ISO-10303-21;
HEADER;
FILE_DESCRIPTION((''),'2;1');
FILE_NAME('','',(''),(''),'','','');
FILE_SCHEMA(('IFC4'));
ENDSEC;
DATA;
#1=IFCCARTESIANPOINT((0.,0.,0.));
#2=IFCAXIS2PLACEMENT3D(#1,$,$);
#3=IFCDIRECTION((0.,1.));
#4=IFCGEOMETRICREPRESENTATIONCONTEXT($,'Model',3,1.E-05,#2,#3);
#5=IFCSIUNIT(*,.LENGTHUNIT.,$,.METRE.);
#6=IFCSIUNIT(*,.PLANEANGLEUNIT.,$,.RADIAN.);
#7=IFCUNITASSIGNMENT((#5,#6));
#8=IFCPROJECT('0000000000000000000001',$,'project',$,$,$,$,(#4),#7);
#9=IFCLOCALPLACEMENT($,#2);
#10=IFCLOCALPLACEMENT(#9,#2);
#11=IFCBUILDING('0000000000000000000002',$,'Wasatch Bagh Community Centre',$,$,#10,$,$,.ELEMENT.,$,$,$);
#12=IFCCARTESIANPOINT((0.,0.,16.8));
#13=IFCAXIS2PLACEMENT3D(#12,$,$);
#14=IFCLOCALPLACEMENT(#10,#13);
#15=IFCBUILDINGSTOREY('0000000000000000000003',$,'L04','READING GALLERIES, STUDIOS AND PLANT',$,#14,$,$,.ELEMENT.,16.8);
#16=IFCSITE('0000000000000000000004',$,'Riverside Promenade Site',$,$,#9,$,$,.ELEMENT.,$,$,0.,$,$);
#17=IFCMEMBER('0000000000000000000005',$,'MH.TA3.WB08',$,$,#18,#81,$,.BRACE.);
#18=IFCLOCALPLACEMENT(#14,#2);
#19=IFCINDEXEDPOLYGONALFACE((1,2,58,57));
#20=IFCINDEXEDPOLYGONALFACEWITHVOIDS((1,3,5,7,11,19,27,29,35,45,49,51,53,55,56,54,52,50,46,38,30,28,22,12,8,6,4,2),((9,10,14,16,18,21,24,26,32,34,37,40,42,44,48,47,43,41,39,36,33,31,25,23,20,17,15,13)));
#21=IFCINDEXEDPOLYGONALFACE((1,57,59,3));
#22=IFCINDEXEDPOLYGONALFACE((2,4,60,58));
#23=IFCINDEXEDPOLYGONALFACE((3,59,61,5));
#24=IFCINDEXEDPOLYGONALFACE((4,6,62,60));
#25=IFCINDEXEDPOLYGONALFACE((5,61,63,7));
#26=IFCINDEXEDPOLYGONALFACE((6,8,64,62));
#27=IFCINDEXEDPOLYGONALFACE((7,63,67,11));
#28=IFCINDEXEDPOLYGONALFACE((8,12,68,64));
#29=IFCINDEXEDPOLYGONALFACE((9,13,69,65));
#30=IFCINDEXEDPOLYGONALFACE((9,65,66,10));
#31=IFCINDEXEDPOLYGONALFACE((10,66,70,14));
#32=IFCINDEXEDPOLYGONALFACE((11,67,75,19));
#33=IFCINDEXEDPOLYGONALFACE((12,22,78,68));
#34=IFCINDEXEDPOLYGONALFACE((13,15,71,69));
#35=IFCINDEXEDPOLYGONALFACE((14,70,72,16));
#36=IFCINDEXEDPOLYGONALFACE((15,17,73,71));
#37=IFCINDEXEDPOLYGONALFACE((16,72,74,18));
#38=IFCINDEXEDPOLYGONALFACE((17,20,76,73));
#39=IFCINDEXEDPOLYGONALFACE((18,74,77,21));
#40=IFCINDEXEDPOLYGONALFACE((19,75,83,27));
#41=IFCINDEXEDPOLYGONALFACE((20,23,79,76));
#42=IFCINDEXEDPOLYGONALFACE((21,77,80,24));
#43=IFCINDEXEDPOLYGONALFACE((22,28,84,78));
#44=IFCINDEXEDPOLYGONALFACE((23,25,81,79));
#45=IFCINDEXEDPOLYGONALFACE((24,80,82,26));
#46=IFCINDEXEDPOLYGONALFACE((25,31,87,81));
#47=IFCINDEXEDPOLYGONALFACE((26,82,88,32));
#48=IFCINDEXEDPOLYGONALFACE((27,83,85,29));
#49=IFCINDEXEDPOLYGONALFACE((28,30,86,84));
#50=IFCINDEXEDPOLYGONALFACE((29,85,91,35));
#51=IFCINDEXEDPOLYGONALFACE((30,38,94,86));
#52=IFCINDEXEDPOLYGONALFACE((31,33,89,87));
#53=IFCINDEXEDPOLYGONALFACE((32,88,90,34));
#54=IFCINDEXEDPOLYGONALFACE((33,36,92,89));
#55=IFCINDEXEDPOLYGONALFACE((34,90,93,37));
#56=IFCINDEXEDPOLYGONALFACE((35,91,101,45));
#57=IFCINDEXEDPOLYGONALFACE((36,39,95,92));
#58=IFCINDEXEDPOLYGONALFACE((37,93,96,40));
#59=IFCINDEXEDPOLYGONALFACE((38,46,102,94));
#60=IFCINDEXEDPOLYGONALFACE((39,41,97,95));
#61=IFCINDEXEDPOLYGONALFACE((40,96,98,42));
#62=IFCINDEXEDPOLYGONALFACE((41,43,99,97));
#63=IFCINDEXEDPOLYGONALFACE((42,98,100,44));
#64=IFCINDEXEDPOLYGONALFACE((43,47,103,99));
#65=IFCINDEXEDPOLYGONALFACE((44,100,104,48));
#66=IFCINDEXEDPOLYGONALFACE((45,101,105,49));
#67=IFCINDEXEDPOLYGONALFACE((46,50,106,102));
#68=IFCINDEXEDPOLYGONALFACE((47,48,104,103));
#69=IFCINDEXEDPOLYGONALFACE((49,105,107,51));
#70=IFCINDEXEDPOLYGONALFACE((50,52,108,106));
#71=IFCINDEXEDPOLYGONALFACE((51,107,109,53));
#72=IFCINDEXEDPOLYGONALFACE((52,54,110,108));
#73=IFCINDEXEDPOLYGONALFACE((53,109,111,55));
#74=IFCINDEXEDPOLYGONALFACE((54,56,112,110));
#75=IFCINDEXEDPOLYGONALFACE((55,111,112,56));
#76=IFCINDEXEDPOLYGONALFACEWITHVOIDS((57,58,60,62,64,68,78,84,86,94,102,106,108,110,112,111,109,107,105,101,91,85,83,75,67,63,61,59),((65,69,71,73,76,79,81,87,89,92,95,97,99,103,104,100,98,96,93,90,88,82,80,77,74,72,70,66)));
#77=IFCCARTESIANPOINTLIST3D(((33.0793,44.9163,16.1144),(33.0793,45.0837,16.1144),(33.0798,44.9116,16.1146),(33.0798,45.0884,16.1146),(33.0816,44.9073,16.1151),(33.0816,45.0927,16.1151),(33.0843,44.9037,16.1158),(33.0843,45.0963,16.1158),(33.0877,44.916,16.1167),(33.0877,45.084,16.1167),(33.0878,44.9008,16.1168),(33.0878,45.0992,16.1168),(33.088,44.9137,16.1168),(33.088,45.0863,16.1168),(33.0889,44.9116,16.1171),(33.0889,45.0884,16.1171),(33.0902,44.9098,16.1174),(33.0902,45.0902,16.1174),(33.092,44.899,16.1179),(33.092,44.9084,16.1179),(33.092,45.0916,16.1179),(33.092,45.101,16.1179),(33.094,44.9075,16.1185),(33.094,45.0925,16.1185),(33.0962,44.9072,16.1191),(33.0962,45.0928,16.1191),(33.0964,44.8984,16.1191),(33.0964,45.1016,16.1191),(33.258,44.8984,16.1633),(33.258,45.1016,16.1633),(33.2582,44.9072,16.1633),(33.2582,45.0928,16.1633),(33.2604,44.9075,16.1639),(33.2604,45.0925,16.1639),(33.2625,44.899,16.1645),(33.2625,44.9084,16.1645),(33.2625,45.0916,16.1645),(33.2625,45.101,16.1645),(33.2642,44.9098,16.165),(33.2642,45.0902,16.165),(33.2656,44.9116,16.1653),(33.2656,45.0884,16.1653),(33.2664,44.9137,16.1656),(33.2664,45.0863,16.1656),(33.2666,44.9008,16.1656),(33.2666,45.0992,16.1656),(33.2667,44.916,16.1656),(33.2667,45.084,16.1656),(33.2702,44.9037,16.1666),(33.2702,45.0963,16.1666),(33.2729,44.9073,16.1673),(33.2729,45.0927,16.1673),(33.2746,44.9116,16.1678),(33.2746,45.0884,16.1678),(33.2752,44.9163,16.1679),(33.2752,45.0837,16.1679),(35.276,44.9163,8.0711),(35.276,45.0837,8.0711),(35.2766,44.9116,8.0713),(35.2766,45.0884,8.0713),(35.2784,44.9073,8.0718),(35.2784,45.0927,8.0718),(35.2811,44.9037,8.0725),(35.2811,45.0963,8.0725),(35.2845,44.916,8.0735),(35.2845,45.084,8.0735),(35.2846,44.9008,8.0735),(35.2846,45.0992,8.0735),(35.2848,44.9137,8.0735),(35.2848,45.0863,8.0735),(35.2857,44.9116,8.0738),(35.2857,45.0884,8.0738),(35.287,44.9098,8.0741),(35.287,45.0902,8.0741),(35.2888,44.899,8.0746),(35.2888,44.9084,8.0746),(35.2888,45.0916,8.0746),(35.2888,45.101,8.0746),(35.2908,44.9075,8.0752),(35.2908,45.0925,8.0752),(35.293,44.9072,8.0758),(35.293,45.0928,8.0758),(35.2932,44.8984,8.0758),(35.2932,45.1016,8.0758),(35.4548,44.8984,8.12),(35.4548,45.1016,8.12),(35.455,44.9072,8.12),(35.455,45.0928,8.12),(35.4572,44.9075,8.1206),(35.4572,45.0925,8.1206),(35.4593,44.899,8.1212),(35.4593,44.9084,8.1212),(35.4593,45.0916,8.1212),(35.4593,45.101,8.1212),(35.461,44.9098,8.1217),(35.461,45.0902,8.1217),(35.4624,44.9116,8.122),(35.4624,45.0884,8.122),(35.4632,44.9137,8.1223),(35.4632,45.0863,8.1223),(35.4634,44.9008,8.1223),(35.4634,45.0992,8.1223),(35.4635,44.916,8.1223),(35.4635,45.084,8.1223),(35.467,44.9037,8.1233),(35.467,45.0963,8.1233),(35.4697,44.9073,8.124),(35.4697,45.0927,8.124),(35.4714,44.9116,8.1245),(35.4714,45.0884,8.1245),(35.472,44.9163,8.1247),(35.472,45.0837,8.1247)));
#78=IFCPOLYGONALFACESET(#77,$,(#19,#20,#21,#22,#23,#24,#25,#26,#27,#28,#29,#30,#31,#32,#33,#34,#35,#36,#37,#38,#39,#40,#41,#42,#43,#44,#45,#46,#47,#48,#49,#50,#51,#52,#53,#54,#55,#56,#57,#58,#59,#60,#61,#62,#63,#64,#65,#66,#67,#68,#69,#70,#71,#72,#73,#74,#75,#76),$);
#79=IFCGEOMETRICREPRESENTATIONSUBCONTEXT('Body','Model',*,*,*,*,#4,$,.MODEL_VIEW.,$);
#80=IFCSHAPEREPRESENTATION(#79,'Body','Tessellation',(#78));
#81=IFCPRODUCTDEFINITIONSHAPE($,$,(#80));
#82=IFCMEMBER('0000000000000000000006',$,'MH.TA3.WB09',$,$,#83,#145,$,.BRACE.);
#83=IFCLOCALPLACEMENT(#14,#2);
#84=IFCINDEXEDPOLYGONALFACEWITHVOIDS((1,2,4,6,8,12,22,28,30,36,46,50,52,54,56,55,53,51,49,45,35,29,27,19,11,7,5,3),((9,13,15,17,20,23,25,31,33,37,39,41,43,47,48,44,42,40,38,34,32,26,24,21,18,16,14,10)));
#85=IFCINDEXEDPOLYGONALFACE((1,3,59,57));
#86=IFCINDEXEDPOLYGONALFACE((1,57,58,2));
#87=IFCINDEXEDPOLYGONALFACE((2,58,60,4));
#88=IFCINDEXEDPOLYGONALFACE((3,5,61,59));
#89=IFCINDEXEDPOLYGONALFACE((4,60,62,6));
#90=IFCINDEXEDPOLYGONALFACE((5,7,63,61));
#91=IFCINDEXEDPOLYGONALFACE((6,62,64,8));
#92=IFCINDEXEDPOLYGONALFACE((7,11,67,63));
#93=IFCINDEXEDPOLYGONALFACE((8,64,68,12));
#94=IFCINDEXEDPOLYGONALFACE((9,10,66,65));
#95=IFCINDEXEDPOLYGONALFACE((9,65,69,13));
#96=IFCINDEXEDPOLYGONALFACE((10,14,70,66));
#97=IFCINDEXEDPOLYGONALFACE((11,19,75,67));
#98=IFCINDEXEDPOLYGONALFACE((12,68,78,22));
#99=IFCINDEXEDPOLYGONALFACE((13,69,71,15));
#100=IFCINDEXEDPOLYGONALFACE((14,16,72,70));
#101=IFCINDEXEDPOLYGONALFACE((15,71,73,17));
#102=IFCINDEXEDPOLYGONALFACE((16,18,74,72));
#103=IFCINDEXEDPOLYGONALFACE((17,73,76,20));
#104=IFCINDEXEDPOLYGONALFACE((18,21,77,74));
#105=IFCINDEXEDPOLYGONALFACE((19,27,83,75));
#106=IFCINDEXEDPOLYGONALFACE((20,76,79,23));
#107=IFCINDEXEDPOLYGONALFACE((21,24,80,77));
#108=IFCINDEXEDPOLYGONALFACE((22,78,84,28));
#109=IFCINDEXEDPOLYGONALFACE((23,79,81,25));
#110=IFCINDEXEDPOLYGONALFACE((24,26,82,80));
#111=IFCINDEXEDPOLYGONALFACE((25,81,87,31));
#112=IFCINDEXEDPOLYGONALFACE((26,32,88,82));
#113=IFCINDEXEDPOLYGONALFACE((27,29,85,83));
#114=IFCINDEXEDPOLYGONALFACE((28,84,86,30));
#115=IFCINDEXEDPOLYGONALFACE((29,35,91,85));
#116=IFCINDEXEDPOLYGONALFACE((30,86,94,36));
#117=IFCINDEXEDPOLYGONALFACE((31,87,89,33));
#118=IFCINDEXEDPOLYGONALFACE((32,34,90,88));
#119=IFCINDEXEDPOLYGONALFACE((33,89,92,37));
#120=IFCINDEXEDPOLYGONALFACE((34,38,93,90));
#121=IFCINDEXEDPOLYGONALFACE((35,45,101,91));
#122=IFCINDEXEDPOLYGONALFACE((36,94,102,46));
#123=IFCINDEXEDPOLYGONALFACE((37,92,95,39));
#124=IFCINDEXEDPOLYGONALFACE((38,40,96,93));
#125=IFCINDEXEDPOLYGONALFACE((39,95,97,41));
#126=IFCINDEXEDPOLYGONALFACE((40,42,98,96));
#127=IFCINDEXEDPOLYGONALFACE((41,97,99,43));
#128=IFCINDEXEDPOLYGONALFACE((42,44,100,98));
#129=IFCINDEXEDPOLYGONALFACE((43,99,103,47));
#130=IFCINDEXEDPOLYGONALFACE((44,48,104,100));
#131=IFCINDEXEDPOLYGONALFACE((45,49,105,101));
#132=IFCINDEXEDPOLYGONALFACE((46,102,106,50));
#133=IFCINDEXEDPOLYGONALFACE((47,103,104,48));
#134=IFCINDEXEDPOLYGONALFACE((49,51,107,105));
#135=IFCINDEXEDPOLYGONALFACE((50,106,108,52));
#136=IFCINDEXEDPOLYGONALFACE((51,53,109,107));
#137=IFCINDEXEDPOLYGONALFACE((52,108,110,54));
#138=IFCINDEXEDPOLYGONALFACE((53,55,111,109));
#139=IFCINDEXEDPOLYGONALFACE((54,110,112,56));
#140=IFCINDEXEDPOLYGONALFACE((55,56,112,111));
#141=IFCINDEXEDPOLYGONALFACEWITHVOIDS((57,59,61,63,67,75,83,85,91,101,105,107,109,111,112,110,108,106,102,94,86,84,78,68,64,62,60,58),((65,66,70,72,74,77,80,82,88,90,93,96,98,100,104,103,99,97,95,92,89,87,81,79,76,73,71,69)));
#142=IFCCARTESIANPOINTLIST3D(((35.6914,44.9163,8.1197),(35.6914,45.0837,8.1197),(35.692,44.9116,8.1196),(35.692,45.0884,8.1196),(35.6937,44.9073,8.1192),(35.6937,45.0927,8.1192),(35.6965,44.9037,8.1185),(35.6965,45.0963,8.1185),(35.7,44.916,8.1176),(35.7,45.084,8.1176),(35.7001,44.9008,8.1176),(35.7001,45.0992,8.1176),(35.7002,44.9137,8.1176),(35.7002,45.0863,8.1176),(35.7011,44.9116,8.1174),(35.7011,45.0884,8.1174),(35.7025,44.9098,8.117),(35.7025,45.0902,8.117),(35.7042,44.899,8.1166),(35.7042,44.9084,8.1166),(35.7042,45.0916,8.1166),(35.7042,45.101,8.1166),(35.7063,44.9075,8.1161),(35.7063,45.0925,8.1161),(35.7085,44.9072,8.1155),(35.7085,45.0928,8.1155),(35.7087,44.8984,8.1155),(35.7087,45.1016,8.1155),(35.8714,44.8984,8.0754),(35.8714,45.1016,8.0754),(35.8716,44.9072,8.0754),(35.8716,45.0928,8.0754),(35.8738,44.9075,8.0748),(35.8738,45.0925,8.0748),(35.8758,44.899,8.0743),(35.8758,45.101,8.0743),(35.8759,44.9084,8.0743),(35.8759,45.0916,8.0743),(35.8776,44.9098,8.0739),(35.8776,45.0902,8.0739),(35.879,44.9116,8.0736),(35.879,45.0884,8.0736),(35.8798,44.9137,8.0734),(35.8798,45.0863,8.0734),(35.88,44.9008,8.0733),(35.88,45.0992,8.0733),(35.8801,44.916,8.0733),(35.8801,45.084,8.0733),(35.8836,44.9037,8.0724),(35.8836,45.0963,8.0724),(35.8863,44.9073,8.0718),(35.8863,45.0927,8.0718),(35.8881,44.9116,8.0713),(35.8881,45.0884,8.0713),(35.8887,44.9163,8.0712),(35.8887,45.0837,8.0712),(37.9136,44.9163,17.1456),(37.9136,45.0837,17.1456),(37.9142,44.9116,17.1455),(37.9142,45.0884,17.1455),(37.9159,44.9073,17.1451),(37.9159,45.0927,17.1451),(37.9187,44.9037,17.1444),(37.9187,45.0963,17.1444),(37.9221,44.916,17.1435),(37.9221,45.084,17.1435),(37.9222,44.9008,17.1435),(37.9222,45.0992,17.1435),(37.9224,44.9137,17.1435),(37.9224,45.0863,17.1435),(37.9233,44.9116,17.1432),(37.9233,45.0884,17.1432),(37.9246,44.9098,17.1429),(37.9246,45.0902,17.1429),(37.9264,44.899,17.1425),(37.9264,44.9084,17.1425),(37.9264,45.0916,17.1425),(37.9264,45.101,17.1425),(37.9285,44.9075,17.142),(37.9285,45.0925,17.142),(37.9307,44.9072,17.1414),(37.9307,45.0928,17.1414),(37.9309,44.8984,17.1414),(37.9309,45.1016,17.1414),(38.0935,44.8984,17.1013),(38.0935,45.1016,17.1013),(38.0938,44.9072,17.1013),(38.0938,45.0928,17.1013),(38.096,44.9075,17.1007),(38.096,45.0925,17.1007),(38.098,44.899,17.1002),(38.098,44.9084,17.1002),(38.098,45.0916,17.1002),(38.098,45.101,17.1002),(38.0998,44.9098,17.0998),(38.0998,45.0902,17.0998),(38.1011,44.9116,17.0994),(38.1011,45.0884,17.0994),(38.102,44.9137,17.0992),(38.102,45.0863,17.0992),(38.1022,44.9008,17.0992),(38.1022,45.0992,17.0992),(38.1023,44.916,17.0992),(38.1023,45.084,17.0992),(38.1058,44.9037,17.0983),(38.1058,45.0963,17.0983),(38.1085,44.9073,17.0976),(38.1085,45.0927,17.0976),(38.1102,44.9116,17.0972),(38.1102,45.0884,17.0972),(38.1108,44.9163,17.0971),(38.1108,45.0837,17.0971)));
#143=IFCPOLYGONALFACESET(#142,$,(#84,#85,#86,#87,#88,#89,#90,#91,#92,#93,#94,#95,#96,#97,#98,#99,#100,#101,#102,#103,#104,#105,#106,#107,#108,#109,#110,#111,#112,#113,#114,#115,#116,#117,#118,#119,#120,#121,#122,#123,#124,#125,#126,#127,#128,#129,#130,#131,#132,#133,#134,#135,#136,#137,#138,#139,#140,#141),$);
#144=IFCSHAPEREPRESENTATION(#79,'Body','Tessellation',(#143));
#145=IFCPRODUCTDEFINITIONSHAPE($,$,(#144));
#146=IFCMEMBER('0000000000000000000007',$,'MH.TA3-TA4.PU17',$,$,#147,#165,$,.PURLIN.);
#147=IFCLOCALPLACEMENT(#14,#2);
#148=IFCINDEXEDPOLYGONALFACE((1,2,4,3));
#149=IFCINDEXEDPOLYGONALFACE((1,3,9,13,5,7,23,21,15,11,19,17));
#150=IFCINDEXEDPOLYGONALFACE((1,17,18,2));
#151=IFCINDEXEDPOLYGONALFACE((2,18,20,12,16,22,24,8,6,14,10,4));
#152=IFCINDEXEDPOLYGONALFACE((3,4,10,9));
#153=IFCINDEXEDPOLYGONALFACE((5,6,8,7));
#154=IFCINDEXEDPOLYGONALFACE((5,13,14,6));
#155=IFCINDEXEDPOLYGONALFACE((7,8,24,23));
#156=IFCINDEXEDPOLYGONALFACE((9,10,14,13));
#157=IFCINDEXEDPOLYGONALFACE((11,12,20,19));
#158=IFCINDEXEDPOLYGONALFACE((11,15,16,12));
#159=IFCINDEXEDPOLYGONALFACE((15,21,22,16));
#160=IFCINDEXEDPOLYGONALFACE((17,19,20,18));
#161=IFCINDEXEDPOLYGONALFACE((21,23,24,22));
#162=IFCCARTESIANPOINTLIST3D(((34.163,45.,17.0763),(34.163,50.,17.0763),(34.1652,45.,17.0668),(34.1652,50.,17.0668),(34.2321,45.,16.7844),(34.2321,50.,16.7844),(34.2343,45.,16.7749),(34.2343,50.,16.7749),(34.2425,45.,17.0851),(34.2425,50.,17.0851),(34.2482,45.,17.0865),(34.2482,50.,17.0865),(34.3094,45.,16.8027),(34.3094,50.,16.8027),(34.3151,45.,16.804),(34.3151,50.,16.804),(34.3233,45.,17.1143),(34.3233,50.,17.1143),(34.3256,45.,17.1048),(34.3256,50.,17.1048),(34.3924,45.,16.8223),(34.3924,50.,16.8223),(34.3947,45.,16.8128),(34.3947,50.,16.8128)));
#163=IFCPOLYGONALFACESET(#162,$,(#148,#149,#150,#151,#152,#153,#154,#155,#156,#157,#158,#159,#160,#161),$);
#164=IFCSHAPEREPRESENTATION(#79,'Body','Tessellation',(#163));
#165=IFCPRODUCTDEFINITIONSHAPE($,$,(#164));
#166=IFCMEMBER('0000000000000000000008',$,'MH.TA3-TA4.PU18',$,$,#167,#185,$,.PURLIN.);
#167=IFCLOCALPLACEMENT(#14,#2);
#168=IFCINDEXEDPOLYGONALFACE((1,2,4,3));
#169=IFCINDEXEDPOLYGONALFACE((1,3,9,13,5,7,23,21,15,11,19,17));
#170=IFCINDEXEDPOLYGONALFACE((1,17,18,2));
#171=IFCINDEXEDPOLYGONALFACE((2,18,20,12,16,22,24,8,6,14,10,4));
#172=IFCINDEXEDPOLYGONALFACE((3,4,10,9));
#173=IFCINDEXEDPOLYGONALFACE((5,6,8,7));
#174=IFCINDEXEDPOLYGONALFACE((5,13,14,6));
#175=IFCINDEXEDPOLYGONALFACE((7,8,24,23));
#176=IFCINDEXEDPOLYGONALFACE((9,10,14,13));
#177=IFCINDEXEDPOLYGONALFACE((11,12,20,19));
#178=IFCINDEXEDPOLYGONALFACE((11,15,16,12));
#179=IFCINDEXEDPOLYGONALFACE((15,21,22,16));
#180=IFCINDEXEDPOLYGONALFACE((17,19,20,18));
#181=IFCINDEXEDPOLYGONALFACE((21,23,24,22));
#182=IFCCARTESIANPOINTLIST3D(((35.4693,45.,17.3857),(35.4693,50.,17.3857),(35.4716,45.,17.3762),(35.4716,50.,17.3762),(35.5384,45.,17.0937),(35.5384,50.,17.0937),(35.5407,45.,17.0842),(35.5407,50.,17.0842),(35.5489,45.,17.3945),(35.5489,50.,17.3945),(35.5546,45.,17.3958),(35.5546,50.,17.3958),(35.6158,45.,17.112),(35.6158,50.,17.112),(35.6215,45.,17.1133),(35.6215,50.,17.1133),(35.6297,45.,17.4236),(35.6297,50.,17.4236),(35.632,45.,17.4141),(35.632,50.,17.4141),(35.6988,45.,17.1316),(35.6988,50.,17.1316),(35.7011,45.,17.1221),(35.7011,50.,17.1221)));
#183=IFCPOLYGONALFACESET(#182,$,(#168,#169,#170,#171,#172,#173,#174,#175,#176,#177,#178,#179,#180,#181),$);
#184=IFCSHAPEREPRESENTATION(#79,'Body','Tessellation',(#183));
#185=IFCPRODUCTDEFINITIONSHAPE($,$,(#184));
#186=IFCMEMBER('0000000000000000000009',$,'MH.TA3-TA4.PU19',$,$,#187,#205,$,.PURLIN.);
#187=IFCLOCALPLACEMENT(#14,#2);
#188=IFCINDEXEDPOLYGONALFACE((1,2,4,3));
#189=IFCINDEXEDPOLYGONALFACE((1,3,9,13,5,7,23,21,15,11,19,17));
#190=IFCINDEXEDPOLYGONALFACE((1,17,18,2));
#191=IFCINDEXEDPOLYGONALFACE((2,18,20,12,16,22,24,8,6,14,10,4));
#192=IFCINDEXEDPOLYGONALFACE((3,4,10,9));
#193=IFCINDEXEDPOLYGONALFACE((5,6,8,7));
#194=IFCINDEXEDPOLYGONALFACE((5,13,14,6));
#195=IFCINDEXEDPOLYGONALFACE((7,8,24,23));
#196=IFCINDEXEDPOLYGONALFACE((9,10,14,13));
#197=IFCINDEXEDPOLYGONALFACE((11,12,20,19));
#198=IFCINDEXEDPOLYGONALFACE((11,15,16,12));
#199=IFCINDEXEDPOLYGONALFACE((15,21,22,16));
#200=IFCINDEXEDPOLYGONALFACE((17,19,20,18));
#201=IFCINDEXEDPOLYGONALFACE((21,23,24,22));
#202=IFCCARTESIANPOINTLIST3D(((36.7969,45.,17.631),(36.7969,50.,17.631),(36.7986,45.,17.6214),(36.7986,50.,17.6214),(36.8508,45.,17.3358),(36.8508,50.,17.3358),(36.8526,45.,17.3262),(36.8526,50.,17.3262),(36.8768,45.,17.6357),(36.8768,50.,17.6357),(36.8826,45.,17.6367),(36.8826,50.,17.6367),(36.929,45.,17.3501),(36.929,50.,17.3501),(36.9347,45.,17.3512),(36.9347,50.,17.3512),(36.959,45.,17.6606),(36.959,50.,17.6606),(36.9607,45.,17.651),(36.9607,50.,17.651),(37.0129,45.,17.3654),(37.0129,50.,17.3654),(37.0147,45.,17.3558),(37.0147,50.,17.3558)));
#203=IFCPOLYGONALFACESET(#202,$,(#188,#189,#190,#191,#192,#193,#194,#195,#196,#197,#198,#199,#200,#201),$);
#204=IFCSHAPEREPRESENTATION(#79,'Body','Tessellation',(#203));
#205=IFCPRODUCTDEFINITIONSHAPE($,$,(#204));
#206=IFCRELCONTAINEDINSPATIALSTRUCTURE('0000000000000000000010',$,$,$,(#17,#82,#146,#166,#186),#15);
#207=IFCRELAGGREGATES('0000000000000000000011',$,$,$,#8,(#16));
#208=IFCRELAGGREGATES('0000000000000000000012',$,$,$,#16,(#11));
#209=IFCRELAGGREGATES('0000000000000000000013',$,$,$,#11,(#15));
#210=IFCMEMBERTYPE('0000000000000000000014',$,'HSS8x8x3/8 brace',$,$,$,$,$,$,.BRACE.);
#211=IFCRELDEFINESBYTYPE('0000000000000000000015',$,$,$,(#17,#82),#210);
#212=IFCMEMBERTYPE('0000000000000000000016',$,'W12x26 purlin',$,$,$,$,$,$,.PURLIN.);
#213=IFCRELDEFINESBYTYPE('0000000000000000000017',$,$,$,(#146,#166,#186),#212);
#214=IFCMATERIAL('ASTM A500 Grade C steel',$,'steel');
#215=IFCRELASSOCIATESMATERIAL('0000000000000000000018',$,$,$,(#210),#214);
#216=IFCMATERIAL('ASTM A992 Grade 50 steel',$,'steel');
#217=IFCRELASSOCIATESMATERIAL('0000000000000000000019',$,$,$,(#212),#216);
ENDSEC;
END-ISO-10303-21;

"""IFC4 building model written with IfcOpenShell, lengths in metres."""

from ifc_helpers import new_model, si_unit, direction, frame, origin, origin_2d, place, context, subcontext, project, spatial, hollow_rectangle, i_section, extrude, material, material_profile, profile_set, type_object, element, save


model = new_model("IFC4")

# Units and contexts
model_context = context("Model", 3, precision=1e-05, world=origin(), true_north=direction((0.0, 1.0)))
body_context = subcontext(model_context, "Body", "Model", "MODEL_VIEW")
ifc_project = project(units=[si_unit("LENGTHUNIT", "METRE"), si_unit("PLANEANGLEUNIT", "RADIAN")], contexts=[model_context])

# Site, building, storey
site_placement = place(None, origin())
site = spatial("IfcSite", under=ifc_project, at=site_placement, Name="Riverside Promenade Site", CompositionType="ELEMENT", RefElevation=0.0)
building_placement = place(site_placement, origin())
building = spatial("IfcBuilding", under=site, at=building_placement, Name="Wasatch Bagh Community Centre", CompositionType="ELEMENT")
storey_placement = place(building_placement, frame((0.0, 0.0, 16.8)))
storey = spatial("IfcBuildingStorey", under=building, at=storey_placement, Name="L04", Description="READING GALLERIES, STUDIOS AND PLANT", CompositionType="ELEMENT", Elevation=16.8)

# Members
ifc_material_1 = material(Name="ASTM A500 Grade C steel", Category="steel")
ifc_material_profile_1 = material_profile(ifc_material_1, hollow_rectangle(XDim=0.2031, YDim=0.2031, WallThickness=0.0088, InnerFilletRadius=0.0088, OuterFilletRadius=0.0178, at=origin_2d()), Name="HSS8x8x3/8")
ifc_profile_set_1 = profile_set([ifc_material_profile_1], Name="ASTM A500 Grade C steel")
member_type_1 = type_object("IfcMemberType", Name="HSS8x8x3/8 brace", PredefinedType="BRACE", material=ifc_profile_set_1)
member_1_placement = place(storey_placement, frame((35.374, 45.0, 8.0979), z_axis=(-0.263472, 0.0, 0.964667), x_axis=(0.0, -1.0, 0.0)))
element("IfcMember", 1, at=member_1_placement, inside=storey, type_object=member_type_1, Name="MH.TA3.WB08", PredefinedType="BRACE", context=body_context, shape_type="SweptSolid", body=[
    extrude(hollow_rectangle(XDim=0.2031, YDim=0.2031, WallThickness=0.0088, InnerFilletRadius=0.0088, OuterFilletRadius=0.0178, at=origin_2d()), origin(), (0.0, 0.0, 1.0), 8.3379),
])
member_2_placement = place(storey_placement, frame((35.79, 45.0, 8.0955), z_axis=(0.239061, 0.0, 0.971005), x_axis=(0.0, 1.0, 0.0)))
element("IfcMember", 2, at=member_2_placement, inside=storey, type_object=member_type_1, Name="MH.TA3.WB09", PredefinedType="BRACE", context=body_context, shape_type="SweptSolid", body=[
    extrude(hollow_rectangle(XDim=0.2031, YDim=0.2031, WallThickness=0.0088, InnerFilletRadius=0.0088, OuterFilletRadius=0.0178, at=origin_2d()), origin(), (0.0, 0.0, 1.0), 9.2954),
])
ifc_material_2 = material(Name="ASTM A992 Grade 50 steel", Category="steel")
ifc_material_profile_2 = material_profile(ifc_material_2, i_section(OverallWidth=0.1648, OverallDepth=0.3098, WebThickness=0.0059, FlangeThickness=0.0098, at=origin_2d()), Name="W12x26")
ifc_profile_set_2 = profile_set([ifc_material_profile_2], Name="ASTM A992 Grade 50 steel")
member_type_2 = type_object("IfcMemberType", Name="W12x26 purlin", PredefinedType="PURLIN", material=ifc_profile_set_2)
for number, where, z_axis, x_axis, name in (
    (3, (34.2788, 45.0, 16.9446), (0.0, 1.0, 0.0), (-0.973122, 0.0, -0.230292), "MH.TA3-TA4.PU17"),
    (4, (35.5852, 45.0, 17.2539), (0.0, 1.0, 0.0), (-0.973122, 0.0, -0.230292), "MH.TA3-TA4.PU18"),
    (5, (36.9058, 45.0, 17.4934), (0.0, 1.0, 0.0), (-0.983711, 0.0, -0.179756), "MH.TA3-TA4.PU19"),
):
    element("IfcMember", number, at=place(storey_placement, frame(where, z_axis=z_axis, x_axis=x_axis)), inside=storey, type_object=member_type_2, Name=name, PredefinedType="PURLIN", context=body_context, shape_type="SweptSolid", body=[
        extrude(i_section(OverallWidth=0.1648, OverallDepth=0.3098, WebThickness=0.0059, FlangeThickness=0.0098, at=origin_2d()), origin(), (0.0, 0.0, 1.0), 5.0),
    ])

save(model, "model.ifc")
